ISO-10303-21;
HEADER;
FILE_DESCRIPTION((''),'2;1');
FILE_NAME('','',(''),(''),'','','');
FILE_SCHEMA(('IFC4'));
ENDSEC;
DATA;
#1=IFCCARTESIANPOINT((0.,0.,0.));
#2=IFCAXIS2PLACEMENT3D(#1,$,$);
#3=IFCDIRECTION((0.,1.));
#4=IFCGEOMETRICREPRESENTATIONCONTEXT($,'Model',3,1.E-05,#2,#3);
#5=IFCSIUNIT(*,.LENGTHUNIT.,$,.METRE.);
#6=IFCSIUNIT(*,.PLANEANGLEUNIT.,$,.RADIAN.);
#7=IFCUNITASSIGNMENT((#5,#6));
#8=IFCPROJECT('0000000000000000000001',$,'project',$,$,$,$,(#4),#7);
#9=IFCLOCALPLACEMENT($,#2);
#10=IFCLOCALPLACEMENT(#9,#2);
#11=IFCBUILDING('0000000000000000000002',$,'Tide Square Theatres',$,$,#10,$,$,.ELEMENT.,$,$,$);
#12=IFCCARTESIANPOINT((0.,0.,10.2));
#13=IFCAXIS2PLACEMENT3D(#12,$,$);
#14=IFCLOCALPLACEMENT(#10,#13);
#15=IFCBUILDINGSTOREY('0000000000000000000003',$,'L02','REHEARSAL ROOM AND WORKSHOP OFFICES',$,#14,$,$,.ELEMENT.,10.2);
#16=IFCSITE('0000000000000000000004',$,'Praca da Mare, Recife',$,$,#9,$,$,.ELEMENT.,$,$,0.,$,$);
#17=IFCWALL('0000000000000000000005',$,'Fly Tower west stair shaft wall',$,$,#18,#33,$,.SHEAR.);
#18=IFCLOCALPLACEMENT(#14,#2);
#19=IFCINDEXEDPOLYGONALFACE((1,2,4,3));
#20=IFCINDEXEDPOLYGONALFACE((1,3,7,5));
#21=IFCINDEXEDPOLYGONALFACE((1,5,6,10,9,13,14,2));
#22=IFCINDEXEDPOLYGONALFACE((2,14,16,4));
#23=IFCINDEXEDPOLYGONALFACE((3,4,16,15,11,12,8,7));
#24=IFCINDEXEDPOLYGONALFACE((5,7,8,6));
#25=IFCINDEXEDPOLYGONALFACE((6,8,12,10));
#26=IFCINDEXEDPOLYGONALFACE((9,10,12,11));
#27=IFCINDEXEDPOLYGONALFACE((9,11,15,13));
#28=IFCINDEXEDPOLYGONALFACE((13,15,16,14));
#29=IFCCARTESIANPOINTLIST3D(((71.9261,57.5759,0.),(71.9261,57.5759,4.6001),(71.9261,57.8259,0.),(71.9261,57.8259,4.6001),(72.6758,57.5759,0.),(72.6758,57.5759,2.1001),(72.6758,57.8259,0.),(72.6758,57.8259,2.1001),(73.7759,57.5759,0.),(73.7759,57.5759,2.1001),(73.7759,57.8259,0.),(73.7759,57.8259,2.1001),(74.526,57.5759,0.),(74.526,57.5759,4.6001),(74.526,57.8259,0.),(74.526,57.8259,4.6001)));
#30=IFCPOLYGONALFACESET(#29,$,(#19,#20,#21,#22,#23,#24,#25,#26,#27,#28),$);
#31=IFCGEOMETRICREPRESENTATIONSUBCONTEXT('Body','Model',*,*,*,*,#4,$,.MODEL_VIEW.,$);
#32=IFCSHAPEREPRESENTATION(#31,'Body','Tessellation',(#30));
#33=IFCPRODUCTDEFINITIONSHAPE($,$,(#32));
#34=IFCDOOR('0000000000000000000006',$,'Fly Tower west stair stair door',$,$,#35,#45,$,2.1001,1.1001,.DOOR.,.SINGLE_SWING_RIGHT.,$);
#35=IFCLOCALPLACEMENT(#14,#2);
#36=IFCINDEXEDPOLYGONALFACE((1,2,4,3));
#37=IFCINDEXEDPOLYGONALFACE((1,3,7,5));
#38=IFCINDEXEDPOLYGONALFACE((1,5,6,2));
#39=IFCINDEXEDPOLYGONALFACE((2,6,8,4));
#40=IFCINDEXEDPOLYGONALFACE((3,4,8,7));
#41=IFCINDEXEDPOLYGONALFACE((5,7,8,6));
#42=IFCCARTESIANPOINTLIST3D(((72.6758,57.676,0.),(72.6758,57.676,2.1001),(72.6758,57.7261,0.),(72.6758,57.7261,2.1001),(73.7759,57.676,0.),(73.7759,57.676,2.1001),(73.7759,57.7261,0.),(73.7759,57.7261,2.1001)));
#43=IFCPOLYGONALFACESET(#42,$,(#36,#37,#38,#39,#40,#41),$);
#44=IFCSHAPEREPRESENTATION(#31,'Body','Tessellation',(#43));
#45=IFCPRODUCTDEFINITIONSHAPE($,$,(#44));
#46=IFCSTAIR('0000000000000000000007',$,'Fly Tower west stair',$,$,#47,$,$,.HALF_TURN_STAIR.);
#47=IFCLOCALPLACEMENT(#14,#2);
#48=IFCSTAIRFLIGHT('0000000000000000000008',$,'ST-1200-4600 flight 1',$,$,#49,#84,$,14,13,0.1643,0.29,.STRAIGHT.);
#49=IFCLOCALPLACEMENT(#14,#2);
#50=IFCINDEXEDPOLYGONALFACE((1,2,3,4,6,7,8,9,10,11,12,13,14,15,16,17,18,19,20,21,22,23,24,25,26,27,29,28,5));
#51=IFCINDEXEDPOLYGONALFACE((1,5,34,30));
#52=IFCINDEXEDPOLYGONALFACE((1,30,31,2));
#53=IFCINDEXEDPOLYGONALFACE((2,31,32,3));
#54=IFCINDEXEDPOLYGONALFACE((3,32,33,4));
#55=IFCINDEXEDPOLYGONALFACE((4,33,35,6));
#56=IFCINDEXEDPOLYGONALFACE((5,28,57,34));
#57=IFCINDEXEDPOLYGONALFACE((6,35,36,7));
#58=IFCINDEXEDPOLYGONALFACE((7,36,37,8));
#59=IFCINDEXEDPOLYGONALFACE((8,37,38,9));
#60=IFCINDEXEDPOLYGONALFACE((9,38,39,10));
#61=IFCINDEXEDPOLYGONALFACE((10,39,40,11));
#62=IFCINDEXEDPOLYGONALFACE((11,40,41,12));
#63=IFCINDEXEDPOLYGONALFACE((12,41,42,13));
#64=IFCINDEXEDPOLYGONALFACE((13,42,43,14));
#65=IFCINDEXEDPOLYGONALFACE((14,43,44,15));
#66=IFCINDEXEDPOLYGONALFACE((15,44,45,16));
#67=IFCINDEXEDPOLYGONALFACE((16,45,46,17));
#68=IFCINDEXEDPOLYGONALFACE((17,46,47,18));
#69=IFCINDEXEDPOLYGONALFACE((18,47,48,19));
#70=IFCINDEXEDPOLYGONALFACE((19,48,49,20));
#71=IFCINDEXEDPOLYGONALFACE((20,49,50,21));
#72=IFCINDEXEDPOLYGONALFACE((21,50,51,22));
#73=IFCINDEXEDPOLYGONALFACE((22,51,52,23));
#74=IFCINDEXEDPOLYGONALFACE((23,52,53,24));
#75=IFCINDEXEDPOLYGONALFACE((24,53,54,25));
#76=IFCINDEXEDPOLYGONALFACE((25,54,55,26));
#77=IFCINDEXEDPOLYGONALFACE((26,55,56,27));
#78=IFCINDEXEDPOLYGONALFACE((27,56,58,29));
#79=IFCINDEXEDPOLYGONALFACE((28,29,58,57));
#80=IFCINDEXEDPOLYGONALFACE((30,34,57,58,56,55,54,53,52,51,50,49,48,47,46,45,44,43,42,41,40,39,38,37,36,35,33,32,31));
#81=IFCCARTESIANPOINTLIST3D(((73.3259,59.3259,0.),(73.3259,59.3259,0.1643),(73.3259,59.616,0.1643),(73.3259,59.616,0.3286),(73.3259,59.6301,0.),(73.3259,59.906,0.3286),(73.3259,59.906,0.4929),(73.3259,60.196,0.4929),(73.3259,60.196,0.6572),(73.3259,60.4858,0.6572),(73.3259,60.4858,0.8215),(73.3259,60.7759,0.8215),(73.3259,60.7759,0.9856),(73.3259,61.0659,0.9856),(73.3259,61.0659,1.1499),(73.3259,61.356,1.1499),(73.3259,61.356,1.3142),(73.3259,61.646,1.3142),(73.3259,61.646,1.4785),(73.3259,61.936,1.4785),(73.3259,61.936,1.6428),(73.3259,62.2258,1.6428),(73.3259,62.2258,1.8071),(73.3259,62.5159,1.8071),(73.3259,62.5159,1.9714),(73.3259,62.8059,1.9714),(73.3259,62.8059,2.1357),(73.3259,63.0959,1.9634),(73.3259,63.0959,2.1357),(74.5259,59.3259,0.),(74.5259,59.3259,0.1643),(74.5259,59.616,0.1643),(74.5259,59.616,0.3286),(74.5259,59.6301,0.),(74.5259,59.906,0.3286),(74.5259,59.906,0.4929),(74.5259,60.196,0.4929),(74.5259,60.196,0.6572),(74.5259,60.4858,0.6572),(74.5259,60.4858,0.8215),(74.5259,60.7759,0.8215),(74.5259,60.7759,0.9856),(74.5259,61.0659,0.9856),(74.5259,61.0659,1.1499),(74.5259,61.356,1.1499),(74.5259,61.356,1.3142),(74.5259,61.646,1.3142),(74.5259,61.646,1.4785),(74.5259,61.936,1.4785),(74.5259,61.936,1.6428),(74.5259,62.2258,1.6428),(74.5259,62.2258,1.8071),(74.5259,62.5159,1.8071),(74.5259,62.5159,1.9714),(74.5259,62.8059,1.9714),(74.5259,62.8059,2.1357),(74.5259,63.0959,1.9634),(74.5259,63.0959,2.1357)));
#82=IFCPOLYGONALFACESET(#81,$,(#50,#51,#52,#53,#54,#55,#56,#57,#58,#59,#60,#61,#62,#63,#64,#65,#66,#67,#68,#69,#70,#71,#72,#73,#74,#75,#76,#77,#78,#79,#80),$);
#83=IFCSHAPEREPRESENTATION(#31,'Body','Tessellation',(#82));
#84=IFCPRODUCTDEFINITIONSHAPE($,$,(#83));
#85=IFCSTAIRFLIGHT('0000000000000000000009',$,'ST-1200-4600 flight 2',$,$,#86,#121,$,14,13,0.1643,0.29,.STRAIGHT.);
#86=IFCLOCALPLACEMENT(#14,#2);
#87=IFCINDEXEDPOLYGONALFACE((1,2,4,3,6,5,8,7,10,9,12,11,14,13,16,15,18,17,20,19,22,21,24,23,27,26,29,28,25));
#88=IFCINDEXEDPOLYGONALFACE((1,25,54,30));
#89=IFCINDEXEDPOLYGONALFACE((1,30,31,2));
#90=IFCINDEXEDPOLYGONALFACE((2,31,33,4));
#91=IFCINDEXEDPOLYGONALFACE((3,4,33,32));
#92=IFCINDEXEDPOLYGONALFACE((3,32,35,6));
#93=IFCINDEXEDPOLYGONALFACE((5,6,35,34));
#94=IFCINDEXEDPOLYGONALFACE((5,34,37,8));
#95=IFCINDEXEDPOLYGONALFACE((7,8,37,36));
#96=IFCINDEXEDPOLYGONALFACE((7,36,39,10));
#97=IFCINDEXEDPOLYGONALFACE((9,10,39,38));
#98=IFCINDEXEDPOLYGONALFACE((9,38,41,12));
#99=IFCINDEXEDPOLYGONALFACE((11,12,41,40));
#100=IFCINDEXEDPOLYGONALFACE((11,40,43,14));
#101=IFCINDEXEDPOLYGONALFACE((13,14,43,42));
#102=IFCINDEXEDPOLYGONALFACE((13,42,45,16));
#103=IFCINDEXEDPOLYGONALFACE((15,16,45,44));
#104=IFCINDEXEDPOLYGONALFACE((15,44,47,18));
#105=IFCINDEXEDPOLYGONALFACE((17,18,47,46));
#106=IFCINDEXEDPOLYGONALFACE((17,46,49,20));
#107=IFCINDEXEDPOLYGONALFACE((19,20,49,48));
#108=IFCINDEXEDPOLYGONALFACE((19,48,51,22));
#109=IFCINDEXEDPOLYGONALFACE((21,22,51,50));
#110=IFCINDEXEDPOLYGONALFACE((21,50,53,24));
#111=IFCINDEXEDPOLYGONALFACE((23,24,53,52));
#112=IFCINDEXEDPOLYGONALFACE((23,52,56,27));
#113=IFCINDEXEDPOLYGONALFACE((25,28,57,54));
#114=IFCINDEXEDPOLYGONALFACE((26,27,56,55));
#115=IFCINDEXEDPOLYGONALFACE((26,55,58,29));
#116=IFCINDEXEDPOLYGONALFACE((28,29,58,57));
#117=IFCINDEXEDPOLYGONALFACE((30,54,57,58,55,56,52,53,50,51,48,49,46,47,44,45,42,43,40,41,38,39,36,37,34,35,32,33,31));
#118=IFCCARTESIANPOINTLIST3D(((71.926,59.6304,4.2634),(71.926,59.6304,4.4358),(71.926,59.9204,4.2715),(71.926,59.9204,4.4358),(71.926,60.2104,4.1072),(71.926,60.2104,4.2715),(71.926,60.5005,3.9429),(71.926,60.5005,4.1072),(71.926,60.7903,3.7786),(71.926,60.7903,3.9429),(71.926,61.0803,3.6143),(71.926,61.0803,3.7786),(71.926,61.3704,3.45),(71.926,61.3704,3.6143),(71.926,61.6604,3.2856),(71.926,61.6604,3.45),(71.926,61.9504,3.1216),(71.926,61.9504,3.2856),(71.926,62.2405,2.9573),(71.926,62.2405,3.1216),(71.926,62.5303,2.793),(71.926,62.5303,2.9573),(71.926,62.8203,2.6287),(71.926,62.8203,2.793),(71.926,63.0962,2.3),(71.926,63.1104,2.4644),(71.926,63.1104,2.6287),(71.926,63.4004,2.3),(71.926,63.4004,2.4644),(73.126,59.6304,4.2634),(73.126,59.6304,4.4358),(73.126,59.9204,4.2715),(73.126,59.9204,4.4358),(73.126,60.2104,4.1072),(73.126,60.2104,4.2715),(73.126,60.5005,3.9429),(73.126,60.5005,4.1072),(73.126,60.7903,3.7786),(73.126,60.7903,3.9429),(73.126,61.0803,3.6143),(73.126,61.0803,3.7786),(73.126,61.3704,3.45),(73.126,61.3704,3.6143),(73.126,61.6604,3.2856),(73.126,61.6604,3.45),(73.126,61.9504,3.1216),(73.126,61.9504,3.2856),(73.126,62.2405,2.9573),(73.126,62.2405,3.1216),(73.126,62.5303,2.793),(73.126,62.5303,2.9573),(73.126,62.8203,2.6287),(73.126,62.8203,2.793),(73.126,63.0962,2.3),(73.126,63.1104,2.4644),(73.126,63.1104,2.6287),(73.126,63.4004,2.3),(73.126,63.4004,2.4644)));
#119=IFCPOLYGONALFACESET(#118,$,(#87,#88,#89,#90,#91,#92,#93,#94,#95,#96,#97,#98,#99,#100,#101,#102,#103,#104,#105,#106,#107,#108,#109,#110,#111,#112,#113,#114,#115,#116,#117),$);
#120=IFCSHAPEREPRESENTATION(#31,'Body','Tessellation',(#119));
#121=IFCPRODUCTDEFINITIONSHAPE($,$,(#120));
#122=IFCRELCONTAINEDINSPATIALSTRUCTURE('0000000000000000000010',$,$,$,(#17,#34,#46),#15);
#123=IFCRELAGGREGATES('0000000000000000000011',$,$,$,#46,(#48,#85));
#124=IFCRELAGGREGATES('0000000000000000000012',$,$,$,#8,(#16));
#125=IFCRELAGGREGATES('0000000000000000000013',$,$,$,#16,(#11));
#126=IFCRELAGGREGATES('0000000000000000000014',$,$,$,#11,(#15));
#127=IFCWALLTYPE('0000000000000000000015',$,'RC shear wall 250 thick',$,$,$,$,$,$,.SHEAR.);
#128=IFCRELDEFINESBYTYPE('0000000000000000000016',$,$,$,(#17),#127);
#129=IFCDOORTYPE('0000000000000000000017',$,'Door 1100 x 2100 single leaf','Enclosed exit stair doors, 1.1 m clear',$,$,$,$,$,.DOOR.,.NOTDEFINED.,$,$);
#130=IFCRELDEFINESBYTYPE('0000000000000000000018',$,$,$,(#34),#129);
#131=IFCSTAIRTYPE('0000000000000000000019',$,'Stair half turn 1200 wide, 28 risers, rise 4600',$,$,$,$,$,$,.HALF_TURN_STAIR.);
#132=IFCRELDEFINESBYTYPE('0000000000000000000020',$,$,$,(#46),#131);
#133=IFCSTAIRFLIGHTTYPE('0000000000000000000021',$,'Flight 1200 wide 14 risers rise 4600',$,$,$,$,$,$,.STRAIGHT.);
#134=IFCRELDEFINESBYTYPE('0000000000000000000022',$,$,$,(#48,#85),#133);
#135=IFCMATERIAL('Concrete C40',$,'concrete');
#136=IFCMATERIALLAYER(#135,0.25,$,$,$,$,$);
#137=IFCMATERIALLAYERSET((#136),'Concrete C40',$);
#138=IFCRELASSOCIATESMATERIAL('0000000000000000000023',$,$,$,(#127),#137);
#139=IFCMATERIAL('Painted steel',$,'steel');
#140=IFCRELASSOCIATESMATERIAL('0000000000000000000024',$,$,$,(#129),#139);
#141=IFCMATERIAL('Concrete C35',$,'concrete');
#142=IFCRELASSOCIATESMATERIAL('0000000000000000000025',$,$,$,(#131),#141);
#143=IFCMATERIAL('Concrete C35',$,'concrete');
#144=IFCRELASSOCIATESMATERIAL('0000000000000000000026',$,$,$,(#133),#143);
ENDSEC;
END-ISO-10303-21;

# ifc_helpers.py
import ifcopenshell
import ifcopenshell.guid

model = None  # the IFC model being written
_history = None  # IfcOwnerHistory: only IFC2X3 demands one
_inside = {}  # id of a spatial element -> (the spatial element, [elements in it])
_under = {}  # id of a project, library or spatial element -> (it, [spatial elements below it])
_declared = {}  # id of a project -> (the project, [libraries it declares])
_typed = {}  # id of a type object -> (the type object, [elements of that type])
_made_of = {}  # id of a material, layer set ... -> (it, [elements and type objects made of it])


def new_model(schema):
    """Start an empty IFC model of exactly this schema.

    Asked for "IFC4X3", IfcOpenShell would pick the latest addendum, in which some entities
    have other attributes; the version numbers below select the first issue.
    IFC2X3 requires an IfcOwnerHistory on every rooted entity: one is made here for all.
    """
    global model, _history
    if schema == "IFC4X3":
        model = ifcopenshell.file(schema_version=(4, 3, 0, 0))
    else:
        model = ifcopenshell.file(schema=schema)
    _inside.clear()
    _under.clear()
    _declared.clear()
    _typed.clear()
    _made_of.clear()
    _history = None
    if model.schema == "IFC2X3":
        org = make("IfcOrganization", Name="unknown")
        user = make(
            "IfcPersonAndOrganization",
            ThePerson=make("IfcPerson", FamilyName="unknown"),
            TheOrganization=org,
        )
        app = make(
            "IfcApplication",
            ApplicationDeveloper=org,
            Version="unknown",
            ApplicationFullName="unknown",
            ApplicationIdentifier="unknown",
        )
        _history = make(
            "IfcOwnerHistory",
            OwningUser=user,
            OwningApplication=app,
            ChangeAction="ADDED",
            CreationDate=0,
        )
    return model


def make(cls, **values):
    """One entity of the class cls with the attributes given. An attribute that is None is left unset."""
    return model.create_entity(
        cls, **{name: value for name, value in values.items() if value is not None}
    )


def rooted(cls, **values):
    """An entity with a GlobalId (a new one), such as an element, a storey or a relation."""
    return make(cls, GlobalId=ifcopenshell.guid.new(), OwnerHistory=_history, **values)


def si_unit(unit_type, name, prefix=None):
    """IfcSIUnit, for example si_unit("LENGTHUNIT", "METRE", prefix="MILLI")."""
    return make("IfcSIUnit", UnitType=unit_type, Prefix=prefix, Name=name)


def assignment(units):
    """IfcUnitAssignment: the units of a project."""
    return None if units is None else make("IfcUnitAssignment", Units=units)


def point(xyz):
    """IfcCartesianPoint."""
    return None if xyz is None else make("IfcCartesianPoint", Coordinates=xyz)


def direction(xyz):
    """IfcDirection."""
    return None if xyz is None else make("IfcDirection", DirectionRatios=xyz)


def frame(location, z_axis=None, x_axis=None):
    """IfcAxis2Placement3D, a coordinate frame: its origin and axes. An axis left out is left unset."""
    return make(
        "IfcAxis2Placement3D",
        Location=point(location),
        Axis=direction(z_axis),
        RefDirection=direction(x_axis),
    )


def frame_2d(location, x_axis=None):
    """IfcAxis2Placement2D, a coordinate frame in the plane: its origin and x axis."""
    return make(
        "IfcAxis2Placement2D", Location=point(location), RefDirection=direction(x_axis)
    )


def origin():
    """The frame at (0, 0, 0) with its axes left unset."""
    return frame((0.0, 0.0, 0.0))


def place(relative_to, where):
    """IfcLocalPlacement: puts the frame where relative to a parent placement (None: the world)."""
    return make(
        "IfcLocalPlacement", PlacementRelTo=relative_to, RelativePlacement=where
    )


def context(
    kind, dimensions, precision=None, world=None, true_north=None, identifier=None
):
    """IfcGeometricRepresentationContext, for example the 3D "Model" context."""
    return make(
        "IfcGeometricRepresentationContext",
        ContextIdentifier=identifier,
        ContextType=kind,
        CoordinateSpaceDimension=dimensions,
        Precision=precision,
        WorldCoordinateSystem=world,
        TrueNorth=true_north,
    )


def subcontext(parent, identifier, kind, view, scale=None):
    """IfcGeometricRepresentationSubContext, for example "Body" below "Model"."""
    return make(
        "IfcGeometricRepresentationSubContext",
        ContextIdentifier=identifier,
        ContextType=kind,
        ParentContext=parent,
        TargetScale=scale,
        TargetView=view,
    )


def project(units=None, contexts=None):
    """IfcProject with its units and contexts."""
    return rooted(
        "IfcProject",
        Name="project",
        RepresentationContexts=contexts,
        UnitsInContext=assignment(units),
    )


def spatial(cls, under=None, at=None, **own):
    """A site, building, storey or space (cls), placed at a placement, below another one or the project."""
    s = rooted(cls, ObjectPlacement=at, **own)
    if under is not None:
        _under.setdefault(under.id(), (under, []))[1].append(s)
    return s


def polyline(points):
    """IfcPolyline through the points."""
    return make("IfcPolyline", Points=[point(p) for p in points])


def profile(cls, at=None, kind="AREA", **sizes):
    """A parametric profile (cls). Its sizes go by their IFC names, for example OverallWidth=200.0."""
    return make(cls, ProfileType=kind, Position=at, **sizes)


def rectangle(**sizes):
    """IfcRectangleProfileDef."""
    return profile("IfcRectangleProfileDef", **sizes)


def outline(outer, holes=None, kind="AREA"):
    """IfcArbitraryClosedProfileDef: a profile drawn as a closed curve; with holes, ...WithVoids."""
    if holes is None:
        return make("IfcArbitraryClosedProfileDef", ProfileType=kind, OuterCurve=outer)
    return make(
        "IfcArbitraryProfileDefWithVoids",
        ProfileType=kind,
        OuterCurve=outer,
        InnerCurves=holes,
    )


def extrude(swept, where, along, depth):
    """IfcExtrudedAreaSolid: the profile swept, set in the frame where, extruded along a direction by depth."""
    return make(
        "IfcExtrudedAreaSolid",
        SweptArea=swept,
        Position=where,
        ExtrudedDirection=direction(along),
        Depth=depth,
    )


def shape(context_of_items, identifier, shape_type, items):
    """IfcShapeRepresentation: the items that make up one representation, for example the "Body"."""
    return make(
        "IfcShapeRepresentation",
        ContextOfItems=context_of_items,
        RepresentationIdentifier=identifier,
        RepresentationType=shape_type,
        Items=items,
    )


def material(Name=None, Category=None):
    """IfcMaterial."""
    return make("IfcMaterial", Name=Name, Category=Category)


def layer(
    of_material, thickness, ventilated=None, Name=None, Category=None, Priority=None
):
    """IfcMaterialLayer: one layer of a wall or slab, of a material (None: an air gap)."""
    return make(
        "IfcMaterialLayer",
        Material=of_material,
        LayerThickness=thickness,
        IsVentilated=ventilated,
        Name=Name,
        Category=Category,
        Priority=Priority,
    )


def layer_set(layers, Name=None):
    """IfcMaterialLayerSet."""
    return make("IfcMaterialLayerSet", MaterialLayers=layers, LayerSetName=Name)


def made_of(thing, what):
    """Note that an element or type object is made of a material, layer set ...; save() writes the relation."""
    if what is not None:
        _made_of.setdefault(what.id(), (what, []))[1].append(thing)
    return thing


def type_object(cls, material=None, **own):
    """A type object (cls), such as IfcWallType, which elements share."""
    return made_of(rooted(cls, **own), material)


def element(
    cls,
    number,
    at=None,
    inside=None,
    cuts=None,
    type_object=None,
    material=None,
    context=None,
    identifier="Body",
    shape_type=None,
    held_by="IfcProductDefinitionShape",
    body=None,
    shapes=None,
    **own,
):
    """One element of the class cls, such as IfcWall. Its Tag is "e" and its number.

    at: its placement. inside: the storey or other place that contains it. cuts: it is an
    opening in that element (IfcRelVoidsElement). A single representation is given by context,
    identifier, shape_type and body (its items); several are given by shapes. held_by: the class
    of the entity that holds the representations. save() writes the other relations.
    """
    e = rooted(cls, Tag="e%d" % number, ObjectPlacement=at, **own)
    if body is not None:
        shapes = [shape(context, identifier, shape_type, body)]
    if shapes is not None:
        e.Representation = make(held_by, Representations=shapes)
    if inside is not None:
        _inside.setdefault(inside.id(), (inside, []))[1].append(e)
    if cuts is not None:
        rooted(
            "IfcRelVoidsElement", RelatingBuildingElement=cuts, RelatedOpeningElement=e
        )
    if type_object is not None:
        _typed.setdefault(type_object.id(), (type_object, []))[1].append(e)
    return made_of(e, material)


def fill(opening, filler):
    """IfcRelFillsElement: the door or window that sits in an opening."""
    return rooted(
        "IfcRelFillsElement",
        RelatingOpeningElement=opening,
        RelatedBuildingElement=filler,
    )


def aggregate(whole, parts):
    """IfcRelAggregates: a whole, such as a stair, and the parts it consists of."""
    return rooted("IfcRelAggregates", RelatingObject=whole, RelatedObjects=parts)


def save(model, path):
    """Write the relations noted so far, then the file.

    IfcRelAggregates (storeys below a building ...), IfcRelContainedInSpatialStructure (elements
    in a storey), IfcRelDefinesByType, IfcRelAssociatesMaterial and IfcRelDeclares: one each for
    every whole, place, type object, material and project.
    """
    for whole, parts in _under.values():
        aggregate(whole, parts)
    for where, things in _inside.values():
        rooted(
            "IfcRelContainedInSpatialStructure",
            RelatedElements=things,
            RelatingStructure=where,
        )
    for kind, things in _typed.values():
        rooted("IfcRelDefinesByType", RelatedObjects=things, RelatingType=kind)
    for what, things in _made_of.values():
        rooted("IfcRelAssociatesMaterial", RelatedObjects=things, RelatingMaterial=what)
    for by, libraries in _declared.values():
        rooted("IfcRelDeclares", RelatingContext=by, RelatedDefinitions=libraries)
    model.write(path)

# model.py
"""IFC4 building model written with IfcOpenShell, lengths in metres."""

from ifc_helpers import new_model, si_unit, direction, frame, frame_2d, origin, place, context, subcontext, project, spatial, polyline, rectangle, outline, extrude, material, layer, layer_set, type_object, element, fill, aggregate, save


model = new_model("IFC4")

# Units and contexts
model_context = context("Model", 3, precision=1e-05, world=origin(), true_north=direction((0.0, 1.0)))
body_context = subcontext(model_context, "Body", "Model", "MODEL_VIEW")
ifc_project = project(units=[si_unit("LENGTHUNIT", "METRE"), si_unit("PLANEANGLEUNIT", "RADIAN")], contexts=[model_context])

# Site, building, storey
site_placement = place(None, origin())
site = spatial("IfcSite", under=ifc_project, at=site_placement, Name="Praca da Mare, Recife", CompositionType="ELEMENT", RefElevation=0.0)
building_placement = place(site_placement, origin())
building = spatial("IfcBuilding", under=site, at=building_placement, Name="Tide Square Theatres", CompositionType="ELEMENT")
storey_placement = place(building_placement, frame((0.0, 0.0, 10.2)))
storey = spatial("IfcBuildingStorey", under=building, at=storey_placement, Name="L02", Description="REHEARSAL ROOM AND WORKSHOP OFFICES", CompositionType="ELEMENT", Elevation=10.2)

# Shared definitions
ifc_material_1 = material(Name="Concrete C40", Category="concrete")
ifc_layer_1 = layer(ifc_material_1, 0.25)
ifc_layer_set_1 = layer_set([ifc_layer_1], Name="Concrete C40")
wall_type = type_object("IfcWallType", Name="RC shear wall 250 thick", PredefinedType="SHEAR", material=ifc_layer_set_1)

# Wall, opening, door
wall_1_placement = place(storey_placement, frame((74.5259, 57.7009, 0.0), z_axis=(0.0, 0.0, 1.0), x_axis=(-1.0, 0.0, 0.0)))
wall_1 = element("IfcWall", 1, at=wall_1_placement, inside=storey, type_object=wall_type, Name="Fly Tower west stair shaft wall", PredefinedType="SHEAR", context=body_context, shape_type="SweptSolid", body=[
    extrude(rectangle(XDim=2.5999, YDim=0.25, at=frame_2d((1.2998, 0.0))), origin(), (0.0, 0.0, 1.0), 4.6001),
])
opening_placement = place(wall_1_placement, frame((0.75, 0.0, 0.0)))
opening = element("IfcOpeningElement", 2, at=opening_placement, cuts=wall_1, PredefinedType="OPENING", context=body_context, shape_type="SweptSolid", body=[
    extrude(rectangle(XDim=1.1001, YDim=2.1001, at=frame_2d((0.55, 1.05))), frame((0.0, 0.135, 0.0), z_axis=(0.0, -1.0, 0.0), x_axis=(1.0, 0.0, 0.0)), (0.0, 0.0, 1.0), 0.27),
])
ifc_material_2 = material(Name="Painted steel", Category="steel")
door_type = type_object("IfcDoorType", Name="Door 1100 x 2100 single leaf", Description="Enclosed exit stair doors, 1.1 m clear", OperationType="NOTDEFINED", PredefinedType="DOOR", material=ifc_material_2)
door_placement = place(opening_placement, origin())
door = element("IfcDoor", 3, at=door_placement, inside=storey, type_object=door_type, Name="Fly Tower west stair stair door", OperationType="SINGLE_SWING_RIGHT", OverallHeight=2.1001, OverallWidth=1.1001, PredefinedType="DOOR", context=body_context, shape_type="SweptSolid", body=[
    extrude(rectangle(XDim=1.1001, YDim=2.1001, at=frame_2d((0.55, 1.05))), frame((0.0, 0.0249, 0.0), z_axis=(0.0, -1.0, 0.0), x_axis=(1.0, 0.0, 0.0)), (0.0, 0.0, 1.0), 0.05),
])
fill(opening, door)

# Stair, stair flights
ifc_material_3 = material(Name="Concrete C35", Category="concrete")
stair_type = type_object("IfcStairType", Name="Stair half turn 1200 wide, 28 risers, rise 4600", PredefinedType="HALF_TURN_STAIR", material=ifc_material_3)
stair_placement = place(storey_placement, origin())
stair = element("IfcStair", 4, at=stair_placement, inside=storey, type_object=stair_type, Name="Fly Tower west stair", PredefinedType="HALF_TURN_STAIR")
ifc_material_4 = material(Name="Concrete C35", Category="concrete")
stair_flight_type = type_object("IfcStairFlightType", Name="Flight 1200 wide 14 risers rise 4600", PredefinedType="STRAIGHT", material=ifc_material_4)
stair_flight_1_placement = place(storey_placement, frame((73.926, 59.3259, 0.0), z_axis=(0.0, 0.0, 1.0), x_axis=(0.0, 1.0, 0.0)))
stair_flight_1 = element("IfcStairFlight", 5, at=stair_flight_1_placement, type_object=stair_flight_type, Name="ST-1200-4600 flight 1", NumberOfRisers=14, NumberOfTreads=13, PredefinedType="STRAIGHT", RiserHeight=0.1643, TreadLength=0.29, context=body_context, shape_type="SweptSolid", body=[
    extrude(outline(polyline([(0.0, 0.0), (0.0, 0.1643), (0.29, 0.1643), (0.29, 0.3286), (0.5801, 0.3286), (0.5801, 0.4929), (0.8701, 0.4929), (0.8701, 0.6572), (1.1599, 0.6572), (1.1599, 0.8215), (1.45, 0.8215), (1.45, 0.9856), (1.74, 0.9856), (1.74, 1.1499), (2.03, 1.1499), (2.03, 1.3142), (2.3201, 1.3142), (2.3201, 1.4785), (2.6101, 1.4785), (2.6101, 1.6428), (2.8999, 1.6428), (2.8999, 1.8071), (3.1899, 1.8071), (3.1899, 1.9714), (3.48, 1.9714), (3.48, 2.1357), (3.77, 2.1357), (3.77, 2.3), (3.77, 1.9634), (0.3042, 0.0), (0.0, 0.0)])), frame((0.0, 0.6001, 0.0), z_axis=(0.0, -1.0, 0.0), x_axis=(1.0, 0.0, 0.0)), (0.0, 0.0, 1.0), 1.2),
])
stair_flight_2_placement = place(storey_placement, frame((72.5259, 63.4004, 2.3), z_axis=(0.0, 0.0, 1.0), x_axis=(0.0, -1.0, 0.0)))
stair_flight_2 = element("IfcStairFlight", 6, at=stair_flight_2_placement, type_object=stair_flight_type, Name="ST-1200-4600 flight 2", NumberOfRisers=14, NumberOfTreads=13, PredefinedType="STRAIGHT", RiserHeight=0.1643, TreadLength=0.29, context=body_context, shape_type="SweptSolid", body=[
    extrude(outline(polyline([(0.0, 0.0), (0.0, 0.1643), (0.29, 0.1643), (0.29, 0.3286), (0.5801, 0.3286), (0.5801, 0.4929), (0.8701, 0.4929), (0.8701, 0.6572), (1.1599, 0.6572), (1.1599, 0.8215), (1.45, 0.8215), (1.45, 0.9856), (1.74, 0.9856), (1.74, 1.1499), (2.03, 1.1499), (2.03, 1.3142), (2.3201, 1.3142), (2.3201, 1.4785), (2.6101, 1.4785), (2.6101, 1.6428), (2.8999, 1.6428), (2.8999, 1.8071), (3.1899, 1.8071), (3.1899, 1.9714), (3.48, 1.9714), (3.48, 2.1357), (3.77, 2.1357), (3.77, 2.3), (3.77, 1.9634), (0.3042, 0.0), (0.0, 0.0)])), frame((0.0, 0.6001, 0.0), z_axis=(0.0, -1.0, 0.0), x_axis=(1.0, 0.0, 0.0)), (0.0, 0.0, 1.0), 1.2),
])
aggregate(stair, [stair_flight_1, stair_flight_2])

save(model, "model.ifc")
